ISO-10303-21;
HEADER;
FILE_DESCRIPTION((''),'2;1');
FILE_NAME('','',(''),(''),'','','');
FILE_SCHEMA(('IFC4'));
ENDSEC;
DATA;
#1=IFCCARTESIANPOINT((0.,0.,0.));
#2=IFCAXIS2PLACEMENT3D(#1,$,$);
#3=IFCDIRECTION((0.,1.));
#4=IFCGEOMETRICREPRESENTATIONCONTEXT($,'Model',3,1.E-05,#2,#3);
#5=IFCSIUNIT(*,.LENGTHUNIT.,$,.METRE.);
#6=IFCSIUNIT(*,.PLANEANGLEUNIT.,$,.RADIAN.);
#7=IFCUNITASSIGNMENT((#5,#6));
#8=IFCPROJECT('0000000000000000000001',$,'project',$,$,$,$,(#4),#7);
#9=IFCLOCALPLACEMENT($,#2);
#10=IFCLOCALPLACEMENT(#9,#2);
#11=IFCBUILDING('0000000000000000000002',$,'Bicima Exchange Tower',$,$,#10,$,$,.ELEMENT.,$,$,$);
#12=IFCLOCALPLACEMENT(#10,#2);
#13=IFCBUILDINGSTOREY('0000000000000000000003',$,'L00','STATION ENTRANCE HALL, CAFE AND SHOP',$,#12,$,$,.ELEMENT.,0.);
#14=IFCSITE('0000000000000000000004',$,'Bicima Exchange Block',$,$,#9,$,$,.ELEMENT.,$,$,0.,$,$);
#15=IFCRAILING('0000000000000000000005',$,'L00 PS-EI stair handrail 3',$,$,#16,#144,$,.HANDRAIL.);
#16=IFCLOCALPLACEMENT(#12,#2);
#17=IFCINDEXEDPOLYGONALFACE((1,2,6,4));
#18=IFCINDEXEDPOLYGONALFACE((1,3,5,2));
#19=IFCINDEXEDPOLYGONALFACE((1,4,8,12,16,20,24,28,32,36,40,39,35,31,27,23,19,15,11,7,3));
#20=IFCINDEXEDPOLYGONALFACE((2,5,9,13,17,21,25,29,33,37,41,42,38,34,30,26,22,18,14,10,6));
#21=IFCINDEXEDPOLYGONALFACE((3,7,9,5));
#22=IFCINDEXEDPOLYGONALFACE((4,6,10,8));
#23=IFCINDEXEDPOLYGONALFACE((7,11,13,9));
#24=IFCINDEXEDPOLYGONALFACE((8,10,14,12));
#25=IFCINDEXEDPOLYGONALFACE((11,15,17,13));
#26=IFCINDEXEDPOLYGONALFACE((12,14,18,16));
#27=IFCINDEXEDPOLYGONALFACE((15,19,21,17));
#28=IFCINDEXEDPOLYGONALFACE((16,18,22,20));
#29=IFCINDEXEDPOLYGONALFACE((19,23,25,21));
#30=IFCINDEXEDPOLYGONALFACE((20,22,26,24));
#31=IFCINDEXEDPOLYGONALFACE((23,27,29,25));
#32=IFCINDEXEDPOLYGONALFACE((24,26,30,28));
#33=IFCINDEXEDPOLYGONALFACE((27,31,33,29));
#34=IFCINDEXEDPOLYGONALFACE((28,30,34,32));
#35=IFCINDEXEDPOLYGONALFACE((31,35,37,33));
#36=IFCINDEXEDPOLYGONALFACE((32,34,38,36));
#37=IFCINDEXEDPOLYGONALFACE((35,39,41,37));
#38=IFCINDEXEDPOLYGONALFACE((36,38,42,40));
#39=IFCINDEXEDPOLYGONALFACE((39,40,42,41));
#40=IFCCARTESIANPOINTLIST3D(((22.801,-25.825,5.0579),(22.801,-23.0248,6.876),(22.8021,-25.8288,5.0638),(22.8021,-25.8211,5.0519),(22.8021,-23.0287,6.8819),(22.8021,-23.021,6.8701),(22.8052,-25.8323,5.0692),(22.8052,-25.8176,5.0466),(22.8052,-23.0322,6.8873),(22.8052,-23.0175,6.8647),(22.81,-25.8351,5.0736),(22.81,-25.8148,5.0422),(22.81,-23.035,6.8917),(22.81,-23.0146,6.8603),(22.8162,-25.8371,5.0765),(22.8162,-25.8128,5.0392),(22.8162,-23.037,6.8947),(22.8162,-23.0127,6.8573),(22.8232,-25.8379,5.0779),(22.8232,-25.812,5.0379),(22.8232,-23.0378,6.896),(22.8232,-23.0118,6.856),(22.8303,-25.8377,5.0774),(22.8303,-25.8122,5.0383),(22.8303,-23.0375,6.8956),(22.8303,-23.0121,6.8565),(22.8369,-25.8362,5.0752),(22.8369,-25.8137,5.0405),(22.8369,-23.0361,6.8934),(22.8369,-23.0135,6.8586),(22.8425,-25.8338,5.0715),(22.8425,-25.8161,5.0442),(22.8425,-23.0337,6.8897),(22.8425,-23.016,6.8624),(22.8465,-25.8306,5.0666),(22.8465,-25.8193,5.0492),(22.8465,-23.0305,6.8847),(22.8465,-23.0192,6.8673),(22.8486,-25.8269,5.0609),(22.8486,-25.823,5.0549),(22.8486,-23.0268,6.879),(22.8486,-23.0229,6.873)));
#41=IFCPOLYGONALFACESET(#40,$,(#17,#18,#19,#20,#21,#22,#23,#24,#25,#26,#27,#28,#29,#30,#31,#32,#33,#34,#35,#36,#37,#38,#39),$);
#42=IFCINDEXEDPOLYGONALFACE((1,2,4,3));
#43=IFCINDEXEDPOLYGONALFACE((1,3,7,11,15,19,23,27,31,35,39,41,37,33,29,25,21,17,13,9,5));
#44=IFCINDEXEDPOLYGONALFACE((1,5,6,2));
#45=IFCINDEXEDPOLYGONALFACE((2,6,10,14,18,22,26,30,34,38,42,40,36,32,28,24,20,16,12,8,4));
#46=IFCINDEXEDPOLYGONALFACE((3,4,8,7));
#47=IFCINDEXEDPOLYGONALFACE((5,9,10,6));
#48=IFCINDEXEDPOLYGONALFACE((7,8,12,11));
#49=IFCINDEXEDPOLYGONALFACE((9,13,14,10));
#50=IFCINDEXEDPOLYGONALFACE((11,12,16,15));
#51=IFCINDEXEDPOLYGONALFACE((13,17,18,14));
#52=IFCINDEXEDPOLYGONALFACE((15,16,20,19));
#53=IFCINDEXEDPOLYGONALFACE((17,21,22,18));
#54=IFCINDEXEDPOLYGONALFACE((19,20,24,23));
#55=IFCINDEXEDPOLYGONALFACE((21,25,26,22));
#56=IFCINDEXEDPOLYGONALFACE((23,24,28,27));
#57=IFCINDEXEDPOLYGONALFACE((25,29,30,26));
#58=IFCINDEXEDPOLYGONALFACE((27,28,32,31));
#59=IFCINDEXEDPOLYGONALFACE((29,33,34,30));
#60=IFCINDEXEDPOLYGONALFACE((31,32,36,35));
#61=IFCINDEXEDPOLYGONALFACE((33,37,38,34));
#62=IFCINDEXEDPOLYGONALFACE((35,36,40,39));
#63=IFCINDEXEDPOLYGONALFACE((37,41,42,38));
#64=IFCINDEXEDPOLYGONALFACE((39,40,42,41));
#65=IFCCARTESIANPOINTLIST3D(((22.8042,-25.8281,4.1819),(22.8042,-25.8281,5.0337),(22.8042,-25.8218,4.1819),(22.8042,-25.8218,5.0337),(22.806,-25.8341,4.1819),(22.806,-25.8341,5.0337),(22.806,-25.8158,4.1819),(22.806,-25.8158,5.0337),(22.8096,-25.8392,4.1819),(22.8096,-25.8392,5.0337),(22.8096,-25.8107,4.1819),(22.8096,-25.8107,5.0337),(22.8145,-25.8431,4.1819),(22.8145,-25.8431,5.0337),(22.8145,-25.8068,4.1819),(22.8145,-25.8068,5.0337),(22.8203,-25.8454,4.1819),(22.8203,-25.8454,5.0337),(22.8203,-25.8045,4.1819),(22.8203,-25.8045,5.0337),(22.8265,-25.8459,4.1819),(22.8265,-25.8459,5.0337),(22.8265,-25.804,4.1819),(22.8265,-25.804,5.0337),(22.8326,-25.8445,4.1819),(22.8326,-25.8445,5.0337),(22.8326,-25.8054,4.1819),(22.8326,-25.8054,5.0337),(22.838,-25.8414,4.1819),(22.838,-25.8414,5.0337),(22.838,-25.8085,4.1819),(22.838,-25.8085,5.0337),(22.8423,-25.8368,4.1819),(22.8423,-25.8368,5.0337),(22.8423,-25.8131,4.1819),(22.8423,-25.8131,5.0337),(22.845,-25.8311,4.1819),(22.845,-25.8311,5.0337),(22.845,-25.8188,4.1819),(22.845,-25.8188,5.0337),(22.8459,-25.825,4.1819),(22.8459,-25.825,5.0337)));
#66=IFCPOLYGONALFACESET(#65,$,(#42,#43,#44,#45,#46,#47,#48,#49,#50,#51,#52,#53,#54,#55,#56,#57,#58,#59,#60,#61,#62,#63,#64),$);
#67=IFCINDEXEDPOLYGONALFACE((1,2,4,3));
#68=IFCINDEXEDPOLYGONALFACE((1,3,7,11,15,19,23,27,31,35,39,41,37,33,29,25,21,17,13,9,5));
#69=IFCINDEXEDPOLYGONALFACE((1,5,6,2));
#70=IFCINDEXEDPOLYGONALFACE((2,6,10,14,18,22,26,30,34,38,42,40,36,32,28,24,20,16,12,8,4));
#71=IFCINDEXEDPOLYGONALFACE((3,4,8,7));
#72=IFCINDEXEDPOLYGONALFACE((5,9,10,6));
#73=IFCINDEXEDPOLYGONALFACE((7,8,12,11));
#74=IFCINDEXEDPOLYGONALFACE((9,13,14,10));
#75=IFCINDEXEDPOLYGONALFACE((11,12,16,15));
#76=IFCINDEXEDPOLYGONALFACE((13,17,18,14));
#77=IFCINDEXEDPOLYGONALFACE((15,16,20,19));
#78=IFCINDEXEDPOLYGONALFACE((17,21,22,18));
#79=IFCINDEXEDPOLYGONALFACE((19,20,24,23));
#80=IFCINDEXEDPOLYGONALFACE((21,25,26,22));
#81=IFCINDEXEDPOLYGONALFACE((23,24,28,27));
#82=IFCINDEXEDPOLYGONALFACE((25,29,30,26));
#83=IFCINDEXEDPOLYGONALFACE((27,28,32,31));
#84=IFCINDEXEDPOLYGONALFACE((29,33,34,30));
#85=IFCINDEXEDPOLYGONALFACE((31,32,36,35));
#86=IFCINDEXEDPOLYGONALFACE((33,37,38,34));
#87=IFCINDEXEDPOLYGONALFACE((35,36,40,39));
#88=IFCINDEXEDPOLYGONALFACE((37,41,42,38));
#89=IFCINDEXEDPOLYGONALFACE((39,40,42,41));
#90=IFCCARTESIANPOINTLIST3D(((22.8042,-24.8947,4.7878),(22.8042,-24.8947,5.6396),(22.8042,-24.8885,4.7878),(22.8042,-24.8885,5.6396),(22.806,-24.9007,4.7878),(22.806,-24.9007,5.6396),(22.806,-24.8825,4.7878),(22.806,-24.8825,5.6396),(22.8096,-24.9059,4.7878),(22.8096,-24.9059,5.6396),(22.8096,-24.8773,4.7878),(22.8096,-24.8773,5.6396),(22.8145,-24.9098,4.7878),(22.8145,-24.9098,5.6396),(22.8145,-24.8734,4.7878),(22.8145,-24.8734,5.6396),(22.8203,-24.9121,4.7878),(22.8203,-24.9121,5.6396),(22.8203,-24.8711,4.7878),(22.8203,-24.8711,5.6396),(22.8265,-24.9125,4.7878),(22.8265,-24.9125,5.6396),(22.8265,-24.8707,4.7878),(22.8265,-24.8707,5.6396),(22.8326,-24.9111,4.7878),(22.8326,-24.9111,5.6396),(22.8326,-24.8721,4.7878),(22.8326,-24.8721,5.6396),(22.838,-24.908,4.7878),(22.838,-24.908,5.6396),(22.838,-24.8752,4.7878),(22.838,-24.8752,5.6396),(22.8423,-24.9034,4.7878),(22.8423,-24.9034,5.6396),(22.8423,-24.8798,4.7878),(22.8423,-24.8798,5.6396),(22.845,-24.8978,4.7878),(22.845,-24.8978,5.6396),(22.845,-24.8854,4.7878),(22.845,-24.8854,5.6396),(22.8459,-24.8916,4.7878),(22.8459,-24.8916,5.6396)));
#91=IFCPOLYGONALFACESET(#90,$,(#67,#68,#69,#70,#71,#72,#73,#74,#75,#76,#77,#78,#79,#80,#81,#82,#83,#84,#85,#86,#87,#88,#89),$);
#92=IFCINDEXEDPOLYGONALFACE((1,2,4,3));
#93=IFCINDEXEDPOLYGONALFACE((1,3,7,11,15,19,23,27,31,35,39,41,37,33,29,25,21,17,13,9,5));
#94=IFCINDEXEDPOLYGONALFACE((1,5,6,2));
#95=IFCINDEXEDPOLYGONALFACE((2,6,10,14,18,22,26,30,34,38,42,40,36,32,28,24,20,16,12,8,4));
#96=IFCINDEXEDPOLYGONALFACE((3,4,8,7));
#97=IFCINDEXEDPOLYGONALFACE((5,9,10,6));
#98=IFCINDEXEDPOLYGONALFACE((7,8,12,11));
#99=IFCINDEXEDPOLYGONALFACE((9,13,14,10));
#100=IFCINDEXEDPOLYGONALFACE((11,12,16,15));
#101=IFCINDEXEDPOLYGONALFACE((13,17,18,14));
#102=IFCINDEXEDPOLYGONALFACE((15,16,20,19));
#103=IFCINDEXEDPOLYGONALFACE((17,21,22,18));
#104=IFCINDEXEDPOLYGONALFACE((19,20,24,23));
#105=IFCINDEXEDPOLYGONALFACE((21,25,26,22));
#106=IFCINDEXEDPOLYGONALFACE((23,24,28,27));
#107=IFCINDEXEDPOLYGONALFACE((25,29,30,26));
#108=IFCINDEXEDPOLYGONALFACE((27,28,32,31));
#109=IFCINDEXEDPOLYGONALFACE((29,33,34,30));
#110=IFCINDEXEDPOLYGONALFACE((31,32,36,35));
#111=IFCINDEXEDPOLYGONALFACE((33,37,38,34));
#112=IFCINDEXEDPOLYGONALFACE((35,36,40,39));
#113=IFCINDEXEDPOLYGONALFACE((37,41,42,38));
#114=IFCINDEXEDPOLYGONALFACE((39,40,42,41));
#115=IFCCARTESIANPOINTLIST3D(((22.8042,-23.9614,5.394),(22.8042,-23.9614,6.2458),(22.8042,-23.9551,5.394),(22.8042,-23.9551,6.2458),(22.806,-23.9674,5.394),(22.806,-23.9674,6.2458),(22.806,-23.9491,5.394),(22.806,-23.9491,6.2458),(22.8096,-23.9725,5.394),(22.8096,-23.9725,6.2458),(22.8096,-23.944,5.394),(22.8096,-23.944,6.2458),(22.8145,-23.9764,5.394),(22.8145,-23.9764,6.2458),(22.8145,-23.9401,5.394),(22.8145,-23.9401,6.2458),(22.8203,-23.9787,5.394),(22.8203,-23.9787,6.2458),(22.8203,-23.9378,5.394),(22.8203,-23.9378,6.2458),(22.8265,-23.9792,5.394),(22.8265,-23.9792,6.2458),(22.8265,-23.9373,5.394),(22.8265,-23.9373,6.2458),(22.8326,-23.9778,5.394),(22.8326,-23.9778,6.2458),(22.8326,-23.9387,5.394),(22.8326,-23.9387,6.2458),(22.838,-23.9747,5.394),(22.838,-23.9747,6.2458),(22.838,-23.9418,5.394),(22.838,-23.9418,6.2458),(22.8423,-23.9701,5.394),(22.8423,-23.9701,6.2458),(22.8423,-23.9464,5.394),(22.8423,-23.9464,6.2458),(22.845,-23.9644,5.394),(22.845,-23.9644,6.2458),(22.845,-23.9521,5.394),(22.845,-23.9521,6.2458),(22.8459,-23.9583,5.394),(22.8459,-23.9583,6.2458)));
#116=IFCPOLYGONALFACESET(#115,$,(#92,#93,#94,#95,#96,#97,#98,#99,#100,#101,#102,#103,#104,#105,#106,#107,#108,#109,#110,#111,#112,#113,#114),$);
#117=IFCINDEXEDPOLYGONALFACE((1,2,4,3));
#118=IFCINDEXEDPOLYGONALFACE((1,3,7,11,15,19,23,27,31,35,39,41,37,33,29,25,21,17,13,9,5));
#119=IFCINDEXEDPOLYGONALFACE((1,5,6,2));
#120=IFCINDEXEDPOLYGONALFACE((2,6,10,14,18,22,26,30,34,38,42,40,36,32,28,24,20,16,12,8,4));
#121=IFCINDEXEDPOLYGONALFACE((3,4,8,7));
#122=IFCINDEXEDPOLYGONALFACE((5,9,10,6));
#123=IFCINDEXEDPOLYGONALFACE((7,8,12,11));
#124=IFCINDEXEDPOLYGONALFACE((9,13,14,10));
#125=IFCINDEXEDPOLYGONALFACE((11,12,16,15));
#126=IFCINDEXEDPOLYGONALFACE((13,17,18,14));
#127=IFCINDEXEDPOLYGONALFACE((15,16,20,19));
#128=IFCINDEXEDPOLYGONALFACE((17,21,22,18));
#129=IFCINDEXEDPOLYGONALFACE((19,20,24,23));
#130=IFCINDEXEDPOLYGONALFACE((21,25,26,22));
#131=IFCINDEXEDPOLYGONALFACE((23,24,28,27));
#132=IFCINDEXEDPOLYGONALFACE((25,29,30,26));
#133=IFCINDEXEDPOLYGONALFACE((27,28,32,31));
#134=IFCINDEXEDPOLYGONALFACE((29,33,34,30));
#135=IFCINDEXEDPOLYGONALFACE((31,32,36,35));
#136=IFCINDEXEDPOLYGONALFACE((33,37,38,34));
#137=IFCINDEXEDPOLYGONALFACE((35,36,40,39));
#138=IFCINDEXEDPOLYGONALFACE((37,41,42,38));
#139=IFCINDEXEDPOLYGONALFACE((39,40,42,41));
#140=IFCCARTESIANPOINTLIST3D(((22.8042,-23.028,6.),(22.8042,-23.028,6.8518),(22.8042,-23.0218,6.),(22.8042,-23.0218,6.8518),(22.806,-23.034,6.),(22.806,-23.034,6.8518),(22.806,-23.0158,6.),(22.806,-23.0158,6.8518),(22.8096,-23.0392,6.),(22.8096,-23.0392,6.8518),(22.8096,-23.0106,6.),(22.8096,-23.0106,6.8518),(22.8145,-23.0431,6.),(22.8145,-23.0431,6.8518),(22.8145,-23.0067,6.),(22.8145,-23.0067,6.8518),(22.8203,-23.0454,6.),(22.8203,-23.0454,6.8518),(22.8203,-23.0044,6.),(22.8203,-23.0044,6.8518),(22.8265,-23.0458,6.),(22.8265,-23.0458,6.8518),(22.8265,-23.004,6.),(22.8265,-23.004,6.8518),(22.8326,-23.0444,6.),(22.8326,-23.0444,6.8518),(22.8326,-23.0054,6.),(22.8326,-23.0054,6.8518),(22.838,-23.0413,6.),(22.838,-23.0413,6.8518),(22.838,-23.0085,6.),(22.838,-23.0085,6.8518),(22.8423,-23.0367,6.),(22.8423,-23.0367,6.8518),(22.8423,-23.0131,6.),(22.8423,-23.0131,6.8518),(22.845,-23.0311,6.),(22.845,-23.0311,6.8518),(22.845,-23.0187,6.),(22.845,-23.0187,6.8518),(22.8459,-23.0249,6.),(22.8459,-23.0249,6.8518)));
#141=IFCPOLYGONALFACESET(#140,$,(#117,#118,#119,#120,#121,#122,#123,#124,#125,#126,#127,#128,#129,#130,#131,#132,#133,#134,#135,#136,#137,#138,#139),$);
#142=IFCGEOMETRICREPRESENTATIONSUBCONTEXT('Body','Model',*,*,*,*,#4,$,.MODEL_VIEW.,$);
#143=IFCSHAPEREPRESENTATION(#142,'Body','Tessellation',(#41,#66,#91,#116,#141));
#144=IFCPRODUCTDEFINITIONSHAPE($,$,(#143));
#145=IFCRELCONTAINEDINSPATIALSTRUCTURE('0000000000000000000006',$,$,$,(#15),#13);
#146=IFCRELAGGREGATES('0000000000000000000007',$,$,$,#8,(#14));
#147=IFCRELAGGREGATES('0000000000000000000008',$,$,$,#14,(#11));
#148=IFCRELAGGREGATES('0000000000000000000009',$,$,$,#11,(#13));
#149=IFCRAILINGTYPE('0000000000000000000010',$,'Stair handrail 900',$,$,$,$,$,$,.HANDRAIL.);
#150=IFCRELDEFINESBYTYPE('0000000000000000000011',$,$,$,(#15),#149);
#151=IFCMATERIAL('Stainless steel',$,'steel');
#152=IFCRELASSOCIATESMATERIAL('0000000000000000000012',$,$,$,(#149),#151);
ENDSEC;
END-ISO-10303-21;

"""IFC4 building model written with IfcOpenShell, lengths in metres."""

from ifc_helpers import new_model, si_unit, direction, frame, origin, origin_2d, place, context, subcontext, project, spatial, circle, extrude, material, type_object, element, save


model = new_model("IFC4")

# Units and contexts
model_context = context("Model", 3, precision=1e-05, world=origin(), true_north=direction((0.0, 1.0)))
body_context = subcontext(model_context, "Body", "Model", "MODEL_VIEW")
ifc_project = project(units=[si_unit("LENGTHUNIT", "METRE"), si_unit("PLANEANGLEUNIT", "RADIAN")], contexts=[model_context])

# Site, building, storey
site_placement = place(None, origin())
site = spatial("IfcSite", under=ifc_project, at=site_placement, Name="Bicima Exchange Block", CompositionType="ELEMENT", RefElevation=0.0)
building_placement = place(site_placement, origin())
building = spatial("IfcBuilding", under=site, at=building_placement, Name="Bicima Exchange Tower", CompositionType="ELEMENT")
storey_placement = place(building_placement, origin())
storey = spatial("IfcBuildingStorey", under=building, at=storey_placement, Name="L00", Description="STATION ENTRANCE HALL, CAFE AND SHOP", CompositionType="ELEMENT", Elevation=0.0)

# Railing
ifc_material_1 = material(Name="Stainless steel", Category="steel")
railing_type_1 = type_object("IfcRailingType", Name="Stair handrail 900", PredefinedType="HANDRAIL", material=ifc_material_1)
for number, where, name in (
    (1, (22.825, -25.825, 4.1819), "L00 PS-EI stair handrail 3"),
):
    element("IfcRailing", number, at=place(storey_placement, frame(where)), inside=storey, type_object=railing_type_1, Name=name, PredefinedType="HANDRAIL", context=body_context, shape_type="SweptSolid", body=[
        extrude(circle(Radius=0.0239, at=origin_2d()), frame((0.0, 0.0, 0.876), z_axis=(0.0, 0.838706, 0.544585), x_axis=(-1.0, 0.0, 0.0)), (0.0, 0.0, 1.0), 3.3386),
        extrude(circle(Radius=0.021, at=origin_2d()), origin(), (0.0, 0.0, 1.0), 0.8518),
        extrude(circle(Radius=0.021, at=origin_2d()), frame((0.0, 0.9333, 0.606)), (0.0, 0.0, 1.0), 0.8518),
        extrude(circle(Radius=0.021, at=origin_2d()), frame((0.0, 1.8667, 1.2122)), (0.0, 0.0, 1.0), 0.8518),
        extrude(circle(Radius=0.021, at=origin_2d()), frame((0.0, 2.8, 1.8181)), (0.0, 0.0, 1.0), 0.8518),
    ])

save(model, "model.ifc")
